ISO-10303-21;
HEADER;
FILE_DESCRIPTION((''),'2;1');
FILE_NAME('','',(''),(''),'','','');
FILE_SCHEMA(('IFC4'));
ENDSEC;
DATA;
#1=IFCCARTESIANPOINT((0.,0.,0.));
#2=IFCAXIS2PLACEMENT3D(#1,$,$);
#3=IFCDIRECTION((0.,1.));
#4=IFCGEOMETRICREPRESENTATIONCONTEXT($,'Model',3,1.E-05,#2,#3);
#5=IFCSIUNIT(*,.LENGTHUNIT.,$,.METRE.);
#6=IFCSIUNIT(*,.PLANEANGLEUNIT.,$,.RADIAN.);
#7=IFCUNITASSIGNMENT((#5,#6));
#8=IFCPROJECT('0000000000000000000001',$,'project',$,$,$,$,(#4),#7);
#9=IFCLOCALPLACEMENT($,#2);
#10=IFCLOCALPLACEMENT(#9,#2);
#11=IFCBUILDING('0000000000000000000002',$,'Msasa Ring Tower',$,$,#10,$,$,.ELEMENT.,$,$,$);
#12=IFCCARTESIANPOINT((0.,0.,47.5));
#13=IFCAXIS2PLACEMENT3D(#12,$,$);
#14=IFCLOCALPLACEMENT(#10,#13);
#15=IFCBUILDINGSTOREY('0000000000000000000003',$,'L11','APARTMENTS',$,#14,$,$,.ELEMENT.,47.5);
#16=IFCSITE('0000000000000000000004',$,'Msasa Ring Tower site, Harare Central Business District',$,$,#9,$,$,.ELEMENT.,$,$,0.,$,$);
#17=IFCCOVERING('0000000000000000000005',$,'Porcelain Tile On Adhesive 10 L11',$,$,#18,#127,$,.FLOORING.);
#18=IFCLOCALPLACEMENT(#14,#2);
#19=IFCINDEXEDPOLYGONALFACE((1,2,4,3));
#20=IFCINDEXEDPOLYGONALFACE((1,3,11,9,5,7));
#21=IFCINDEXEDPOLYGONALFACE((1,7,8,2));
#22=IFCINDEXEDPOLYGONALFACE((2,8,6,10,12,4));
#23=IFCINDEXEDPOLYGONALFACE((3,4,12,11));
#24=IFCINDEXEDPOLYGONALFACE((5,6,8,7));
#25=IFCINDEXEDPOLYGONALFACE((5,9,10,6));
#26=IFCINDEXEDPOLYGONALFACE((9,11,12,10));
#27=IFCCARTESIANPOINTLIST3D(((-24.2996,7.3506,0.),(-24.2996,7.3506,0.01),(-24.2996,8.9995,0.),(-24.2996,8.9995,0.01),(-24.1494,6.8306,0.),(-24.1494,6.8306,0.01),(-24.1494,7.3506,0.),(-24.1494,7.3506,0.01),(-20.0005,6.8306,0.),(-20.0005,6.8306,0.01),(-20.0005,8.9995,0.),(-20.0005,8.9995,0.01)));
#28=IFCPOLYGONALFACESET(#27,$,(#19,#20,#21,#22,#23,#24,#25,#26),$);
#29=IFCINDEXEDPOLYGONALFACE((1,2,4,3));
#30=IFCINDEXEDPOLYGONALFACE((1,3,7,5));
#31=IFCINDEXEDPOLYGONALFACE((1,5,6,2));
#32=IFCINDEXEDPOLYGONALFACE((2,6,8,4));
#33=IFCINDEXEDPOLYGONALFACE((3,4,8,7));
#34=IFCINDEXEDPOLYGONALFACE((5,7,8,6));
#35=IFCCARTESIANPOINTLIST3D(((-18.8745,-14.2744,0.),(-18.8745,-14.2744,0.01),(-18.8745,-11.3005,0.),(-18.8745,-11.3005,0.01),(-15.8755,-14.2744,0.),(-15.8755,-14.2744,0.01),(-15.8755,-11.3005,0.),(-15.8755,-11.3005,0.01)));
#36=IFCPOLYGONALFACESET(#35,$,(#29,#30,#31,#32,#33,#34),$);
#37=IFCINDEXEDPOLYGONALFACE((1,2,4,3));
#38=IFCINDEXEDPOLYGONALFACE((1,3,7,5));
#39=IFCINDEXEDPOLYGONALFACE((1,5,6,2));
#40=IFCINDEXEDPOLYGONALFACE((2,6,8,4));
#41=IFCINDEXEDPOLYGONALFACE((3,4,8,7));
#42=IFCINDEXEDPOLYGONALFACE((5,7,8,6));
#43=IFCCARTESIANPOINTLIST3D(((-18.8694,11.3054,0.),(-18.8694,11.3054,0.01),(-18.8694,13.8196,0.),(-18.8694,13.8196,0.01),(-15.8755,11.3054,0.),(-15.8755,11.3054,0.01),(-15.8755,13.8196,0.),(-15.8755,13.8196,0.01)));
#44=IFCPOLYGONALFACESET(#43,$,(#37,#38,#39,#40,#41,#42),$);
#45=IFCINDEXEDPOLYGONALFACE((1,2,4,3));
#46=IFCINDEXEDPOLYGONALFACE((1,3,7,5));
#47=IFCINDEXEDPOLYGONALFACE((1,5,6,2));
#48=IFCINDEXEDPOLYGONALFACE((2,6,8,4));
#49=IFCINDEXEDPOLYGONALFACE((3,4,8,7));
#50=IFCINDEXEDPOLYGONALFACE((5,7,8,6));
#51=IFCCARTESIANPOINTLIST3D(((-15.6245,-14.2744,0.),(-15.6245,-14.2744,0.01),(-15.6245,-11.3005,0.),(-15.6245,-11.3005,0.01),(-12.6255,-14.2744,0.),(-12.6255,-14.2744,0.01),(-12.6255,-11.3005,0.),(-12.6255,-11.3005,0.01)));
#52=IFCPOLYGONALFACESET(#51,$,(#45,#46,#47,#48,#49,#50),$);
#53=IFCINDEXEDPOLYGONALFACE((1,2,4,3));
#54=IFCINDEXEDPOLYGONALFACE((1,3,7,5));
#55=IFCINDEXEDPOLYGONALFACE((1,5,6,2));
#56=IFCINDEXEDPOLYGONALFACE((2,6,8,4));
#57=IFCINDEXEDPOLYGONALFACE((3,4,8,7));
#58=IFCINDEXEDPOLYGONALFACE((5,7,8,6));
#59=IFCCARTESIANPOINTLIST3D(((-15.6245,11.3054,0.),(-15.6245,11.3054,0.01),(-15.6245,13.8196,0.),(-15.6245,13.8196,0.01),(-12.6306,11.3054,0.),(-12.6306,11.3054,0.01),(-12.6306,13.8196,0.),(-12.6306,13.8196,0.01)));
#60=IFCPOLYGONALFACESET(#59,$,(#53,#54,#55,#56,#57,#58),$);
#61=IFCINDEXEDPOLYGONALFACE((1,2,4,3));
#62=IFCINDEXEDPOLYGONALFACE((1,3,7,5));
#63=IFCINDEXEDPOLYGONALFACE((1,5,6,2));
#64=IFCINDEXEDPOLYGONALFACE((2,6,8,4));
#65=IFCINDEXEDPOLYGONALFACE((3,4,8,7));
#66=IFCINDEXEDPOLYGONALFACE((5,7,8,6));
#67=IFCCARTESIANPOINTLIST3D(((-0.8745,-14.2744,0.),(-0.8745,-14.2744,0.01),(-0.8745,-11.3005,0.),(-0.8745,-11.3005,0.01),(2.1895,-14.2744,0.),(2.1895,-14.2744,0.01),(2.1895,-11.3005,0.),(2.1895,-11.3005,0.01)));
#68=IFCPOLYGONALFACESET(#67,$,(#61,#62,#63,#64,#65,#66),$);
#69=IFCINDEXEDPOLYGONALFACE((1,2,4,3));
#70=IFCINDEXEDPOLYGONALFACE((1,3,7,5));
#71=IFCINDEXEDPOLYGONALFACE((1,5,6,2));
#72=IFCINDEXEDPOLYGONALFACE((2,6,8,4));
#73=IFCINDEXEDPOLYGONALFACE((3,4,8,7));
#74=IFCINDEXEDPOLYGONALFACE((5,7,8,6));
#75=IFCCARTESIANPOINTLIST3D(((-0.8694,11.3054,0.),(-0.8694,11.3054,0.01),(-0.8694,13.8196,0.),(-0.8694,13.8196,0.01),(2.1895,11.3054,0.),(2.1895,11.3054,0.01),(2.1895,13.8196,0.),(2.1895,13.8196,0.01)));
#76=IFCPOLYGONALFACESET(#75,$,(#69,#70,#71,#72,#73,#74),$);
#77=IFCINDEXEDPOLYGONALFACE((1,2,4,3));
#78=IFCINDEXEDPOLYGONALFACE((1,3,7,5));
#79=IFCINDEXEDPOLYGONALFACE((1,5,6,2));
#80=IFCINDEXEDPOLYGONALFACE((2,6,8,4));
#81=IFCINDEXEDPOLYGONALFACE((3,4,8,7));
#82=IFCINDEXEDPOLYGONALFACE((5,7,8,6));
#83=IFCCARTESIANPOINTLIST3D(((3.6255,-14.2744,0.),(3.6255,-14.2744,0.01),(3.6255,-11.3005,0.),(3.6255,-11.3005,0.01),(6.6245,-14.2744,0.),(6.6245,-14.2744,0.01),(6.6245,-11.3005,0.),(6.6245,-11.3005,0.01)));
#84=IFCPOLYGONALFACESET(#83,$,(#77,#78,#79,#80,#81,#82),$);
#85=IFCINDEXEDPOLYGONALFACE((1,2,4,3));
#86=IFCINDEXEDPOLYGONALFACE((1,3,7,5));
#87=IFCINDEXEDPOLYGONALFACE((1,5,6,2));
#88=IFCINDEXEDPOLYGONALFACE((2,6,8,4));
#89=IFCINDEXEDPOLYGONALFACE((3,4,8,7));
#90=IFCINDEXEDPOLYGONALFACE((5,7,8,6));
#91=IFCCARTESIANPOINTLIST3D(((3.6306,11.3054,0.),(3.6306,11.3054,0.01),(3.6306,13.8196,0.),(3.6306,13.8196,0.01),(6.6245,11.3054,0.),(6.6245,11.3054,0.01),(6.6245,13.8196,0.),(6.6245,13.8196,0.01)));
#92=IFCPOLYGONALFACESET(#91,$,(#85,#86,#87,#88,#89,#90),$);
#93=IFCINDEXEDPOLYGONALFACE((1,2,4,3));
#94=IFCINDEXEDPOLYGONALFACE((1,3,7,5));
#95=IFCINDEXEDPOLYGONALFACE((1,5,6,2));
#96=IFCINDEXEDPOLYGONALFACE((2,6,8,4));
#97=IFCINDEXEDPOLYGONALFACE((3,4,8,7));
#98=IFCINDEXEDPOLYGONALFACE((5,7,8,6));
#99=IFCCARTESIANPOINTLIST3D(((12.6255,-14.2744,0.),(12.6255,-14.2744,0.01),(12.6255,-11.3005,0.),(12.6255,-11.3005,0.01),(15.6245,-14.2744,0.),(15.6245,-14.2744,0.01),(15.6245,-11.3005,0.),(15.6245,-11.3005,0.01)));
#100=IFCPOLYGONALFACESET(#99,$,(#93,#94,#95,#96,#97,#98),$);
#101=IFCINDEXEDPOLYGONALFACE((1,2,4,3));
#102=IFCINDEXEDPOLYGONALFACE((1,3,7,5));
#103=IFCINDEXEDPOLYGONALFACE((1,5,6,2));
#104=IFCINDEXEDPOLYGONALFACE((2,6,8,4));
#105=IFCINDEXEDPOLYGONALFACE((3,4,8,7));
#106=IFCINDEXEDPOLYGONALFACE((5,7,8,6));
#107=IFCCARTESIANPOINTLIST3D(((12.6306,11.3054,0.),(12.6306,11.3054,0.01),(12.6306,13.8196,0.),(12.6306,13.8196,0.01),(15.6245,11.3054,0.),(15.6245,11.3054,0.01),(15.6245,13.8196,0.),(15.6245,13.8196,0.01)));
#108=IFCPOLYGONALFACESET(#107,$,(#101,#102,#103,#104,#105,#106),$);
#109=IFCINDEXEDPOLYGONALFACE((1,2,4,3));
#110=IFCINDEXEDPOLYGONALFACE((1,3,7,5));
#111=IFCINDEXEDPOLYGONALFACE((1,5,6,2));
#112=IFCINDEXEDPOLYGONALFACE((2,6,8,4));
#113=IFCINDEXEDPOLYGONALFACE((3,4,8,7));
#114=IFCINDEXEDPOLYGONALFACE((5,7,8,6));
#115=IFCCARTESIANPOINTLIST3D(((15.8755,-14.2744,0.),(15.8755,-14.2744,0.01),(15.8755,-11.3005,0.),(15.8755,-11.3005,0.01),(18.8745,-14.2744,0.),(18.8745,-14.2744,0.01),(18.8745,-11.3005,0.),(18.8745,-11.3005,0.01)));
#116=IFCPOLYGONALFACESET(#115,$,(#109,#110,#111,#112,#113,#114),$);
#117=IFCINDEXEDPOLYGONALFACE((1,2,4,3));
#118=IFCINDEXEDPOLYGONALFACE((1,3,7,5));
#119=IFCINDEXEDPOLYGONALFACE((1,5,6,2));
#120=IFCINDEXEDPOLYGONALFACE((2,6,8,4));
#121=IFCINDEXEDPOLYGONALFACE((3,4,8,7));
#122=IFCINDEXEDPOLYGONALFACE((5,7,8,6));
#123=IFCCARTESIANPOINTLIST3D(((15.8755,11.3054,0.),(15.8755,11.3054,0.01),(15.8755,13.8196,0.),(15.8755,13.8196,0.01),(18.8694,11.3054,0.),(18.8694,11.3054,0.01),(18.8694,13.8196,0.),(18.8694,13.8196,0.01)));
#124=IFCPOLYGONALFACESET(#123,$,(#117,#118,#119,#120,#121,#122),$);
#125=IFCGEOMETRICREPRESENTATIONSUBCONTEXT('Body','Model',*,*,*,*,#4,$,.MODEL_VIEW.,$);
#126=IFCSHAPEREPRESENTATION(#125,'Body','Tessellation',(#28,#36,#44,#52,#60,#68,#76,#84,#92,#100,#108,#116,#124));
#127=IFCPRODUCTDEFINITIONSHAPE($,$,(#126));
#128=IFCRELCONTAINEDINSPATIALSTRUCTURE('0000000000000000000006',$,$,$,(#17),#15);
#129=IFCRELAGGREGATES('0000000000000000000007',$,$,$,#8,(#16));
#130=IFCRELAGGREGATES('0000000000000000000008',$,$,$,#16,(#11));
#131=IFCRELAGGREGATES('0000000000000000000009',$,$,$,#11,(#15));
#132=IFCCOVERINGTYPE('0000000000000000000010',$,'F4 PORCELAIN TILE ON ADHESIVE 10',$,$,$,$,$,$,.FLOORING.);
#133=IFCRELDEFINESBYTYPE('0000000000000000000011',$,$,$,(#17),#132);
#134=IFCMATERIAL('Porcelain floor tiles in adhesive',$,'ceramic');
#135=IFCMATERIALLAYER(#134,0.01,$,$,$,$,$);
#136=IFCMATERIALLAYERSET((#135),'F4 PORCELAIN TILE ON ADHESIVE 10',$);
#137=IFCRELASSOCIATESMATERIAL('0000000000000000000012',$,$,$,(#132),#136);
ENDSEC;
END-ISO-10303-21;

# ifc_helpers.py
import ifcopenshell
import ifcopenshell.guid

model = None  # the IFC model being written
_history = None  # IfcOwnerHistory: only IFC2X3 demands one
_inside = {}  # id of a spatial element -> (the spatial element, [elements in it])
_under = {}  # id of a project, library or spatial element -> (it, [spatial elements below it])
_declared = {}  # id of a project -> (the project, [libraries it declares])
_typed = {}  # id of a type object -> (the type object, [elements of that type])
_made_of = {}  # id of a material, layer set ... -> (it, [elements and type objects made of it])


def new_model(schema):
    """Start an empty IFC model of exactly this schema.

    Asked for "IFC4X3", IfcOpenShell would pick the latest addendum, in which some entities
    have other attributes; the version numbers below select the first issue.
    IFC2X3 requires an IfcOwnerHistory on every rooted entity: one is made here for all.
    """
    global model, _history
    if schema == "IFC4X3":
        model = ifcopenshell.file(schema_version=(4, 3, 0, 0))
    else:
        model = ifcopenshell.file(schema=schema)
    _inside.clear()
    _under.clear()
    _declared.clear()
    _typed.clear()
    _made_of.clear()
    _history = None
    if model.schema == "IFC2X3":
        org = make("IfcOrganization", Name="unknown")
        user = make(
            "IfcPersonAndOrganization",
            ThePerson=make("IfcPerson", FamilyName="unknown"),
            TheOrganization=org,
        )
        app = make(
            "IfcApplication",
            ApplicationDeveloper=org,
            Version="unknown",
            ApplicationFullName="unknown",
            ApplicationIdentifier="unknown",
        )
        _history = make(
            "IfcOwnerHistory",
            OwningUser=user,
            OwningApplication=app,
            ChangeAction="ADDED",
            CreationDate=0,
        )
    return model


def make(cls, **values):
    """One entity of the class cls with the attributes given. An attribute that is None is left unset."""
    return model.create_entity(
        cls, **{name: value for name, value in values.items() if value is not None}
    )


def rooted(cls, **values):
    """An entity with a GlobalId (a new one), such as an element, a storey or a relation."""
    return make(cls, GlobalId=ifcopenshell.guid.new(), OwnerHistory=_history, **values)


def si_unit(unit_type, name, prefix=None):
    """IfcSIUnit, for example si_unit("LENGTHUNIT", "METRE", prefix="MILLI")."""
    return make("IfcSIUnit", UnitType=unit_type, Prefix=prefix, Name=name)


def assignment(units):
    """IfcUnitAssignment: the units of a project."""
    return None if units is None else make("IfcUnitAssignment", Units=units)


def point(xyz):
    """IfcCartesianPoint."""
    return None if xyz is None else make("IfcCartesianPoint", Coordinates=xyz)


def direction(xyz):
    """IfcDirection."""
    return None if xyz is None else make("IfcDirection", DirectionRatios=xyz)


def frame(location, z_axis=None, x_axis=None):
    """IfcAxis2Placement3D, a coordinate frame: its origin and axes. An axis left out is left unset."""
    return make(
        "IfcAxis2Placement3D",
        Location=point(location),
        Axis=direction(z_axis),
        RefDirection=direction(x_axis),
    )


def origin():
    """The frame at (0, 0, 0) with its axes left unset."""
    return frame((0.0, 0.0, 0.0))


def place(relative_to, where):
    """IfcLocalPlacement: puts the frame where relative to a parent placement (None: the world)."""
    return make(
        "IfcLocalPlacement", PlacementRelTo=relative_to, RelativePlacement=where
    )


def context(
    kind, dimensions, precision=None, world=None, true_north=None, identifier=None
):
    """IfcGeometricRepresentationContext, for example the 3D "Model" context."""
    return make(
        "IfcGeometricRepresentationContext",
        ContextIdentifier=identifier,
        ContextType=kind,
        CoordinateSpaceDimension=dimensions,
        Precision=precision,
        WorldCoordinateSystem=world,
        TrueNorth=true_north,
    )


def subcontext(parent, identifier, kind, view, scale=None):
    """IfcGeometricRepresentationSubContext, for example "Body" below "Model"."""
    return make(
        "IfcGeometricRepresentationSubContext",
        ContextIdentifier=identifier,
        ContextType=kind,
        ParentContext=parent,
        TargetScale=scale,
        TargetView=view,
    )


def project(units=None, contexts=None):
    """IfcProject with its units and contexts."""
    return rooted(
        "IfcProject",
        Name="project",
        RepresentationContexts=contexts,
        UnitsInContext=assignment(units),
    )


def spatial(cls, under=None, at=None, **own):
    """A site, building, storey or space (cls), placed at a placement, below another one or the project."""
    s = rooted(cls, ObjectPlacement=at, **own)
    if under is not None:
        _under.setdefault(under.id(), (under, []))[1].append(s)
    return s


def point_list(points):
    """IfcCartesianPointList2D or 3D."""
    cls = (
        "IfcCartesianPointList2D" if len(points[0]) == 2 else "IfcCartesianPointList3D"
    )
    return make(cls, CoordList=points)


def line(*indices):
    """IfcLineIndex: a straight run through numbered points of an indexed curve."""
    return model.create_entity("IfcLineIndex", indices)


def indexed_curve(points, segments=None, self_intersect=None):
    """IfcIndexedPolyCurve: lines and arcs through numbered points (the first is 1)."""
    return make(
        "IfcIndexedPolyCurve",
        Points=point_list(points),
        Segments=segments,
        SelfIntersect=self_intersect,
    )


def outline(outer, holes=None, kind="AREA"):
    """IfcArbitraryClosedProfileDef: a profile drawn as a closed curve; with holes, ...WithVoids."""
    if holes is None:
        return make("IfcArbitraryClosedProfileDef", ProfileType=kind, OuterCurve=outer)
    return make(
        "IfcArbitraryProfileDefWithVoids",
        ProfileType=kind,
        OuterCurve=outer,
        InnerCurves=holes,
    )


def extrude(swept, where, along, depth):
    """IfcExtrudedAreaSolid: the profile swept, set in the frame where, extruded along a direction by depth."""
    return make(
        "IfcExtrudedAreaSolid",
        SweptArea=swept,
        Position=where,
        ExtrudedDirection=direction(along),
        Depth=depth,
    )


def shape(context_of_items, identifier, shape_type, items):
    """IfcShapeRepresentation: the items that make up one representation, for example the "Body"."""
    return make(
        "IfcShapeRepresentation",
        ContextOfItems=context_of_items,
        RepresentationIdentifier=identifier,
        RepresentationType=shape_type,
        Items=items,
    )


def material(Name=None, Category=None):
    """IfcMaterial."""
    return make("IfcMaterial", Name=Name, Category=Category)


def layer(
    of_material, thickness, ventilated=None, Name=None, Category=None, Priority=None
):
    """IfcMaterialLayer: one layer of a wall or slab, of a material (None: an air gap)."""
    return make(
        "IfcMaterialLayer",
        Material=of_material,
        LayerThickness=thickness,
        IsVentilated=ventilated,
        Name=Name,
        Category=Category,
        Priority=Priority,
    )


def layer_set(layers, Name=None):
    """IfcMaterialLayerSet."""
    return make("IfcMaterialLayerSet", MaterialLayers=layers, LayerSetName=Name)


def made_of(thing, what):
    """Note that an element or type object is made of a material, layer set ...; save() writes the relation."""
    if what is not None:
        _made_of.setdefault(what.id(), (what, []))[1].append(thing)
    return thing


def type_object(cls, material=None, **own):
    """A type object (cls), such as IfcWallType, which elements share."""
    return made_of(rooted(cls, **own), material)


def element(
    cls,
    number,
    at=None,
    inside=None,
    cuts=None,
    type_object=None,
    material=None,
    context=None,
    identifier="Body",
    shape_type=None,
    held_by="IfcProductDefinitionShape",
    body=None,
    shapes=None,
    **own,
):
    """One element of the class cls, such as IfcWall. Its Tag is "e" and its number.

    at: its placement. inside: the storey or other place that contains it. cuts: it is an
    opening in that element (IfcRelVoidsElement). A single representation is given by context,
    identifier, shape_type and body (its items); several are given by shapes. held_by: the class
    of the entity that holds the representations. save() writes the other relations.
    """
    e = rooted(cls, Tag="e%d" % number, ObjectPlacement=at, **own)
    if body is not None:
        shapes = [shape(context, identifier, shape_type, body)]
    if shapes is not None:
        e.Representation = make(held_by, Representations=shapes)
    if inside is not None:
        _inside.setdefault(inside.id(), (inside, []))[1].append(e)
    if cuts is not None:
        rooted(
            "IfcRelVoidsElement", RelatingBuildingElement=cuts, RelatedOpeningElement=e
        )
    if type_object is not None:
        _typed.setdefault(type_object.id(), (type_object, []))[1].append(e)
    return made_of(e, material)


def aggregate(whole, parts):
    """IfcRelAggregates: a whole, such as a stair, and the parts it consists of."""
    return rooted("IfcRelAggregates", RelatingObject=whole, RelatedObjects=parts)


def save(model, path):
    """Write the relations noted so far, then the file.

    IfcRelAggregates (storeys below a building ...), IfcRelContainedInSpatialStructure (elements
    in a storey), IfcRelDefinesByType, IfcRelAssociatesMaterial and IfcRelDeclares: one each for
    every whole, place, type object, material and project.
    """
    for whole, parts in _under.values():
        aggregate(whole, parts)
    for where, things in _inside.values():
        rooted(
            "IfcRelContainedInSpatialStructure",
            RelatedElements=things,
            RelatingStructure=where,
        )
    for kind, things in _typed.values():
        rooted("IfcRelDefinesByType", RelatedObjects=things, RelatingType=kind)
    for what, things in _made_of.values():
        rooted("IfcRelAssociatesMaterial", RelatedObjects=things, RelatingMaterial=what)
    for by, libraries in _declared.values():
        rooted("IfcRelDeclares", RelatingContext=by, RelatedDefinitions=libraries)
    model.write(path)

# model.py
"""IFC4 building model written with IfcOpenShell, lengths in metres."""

from ifc_helpers import new_model, si_unit, direction, frame, origin, place, context, subcontext, project, spatial, line, indexed_curve, outline, extrude, material, layer, layer_set, type_object, element, save


model = new_model("IFC4")

# Units and contexts
model_context = context("Model", 3, precision=1e-05, world=origin(), true_north=direction((0.0, 1.0)))
body_context = subcontext(model_context, "Body", "Model", "MODEL_VIEW")
ifc_project = project(units=[si_unit("LENGTHUNIT", "METRE"), si_unit("PLANEANGLEUNIT", "RADIAN")], contexts=[model_context])

# Site, building, storey
site_placement = place(None, origin())
site = spatial("IfcSite", under=ifc_project, at=site_placement, Name="Msasa Ring Tower site, Harare Central Business District", CompositionType="ELEMENT", RefElevation=0.0)
building_placement = place(site_placement, origin())
building = spatial("IfcBuilding", under=site, at=building_placement, Name="Msasa Ring Tower", CompositionType="ELEMENT")
storey_placement = place(building_placement, frame((0.0, 0.0, 47.5)))
storey = spatial("IfcBuildingStorey", under=building, at=storey_placement, Name="L11", Description="APARTMENTS", CompositionType="ELEMENT", Elevation=47.5)

# Covering
ifc_material_1 = material(Name="Porcelain floor tiles in adhesive", Category="ceramic")
ifc_layer_1 = layer(ifc_material_1, 0.01)
ifc_layer_set_1 = layer_set([ifc_layer_1], Name="F4 PORCELAIN TILE ON ADHESIVE 10")
covering_type_1 = type_object("IfcCoveringType", Name="F4 PORCELAIN TILE ON ADHESIVE 10", PredefinedType="FLOORING", material=ifc_layer_set_1)
covering_1_placement = place(storey_placement, origin())
element("IfcCovering", 1, at=covering_1_placement, inside=storey, type_object=covering_type_1, Name="Porcelain Tile On Adhesive 10 L11", PredefinedType="FLOORING", context=body_context, shape_type="SweptSolid", body=[
    extrude(outline(indexed_curve([(-20.0005, 6.8306), (-24.1494, 6.8306), (-24.1494, 7.3506), (-24.2996, 7.3506), (-24.2996, 8.9995), (-20.0005, 8.9995)], segments=[line(1, 2, 3, 4, 5, 6, 1)], self_intersect=False)), origin(), (0.0, 0.0, 1.0), 0.01),
    extrude(outline(indexed_curve([(-15.8755, -11.3005), (-15.8755, -14.2744), (-18.8745, -14.2744), (-18.8745, -11.3005)], segments=[line(1, 2, 3, 4, 1)], self_intersect=False)), origin(), (0.0, 0.0, 1.0), 0.01),
    extrude(outline(indexed_curve([(-15.8755, 13.8196), (-15.8755, 11.3054), (-18.8694, 11.3054), (-18.8694, 13.8196)], segments=[line(1, 2, 3, 4, 1)], self_intersect=False)), origin(), (0.0, 0.0, 1.0), 0.01),
    extrude(outline(indexed_curve([(-12.6255, -11.3005), (-12.6255, -14.2744), (-15.6245, -14.2744), (-15.6245, -11.3005)], segments=[line(1, 2, 3, 4, 1)], self_intersect=False)), origin(), (0.0, 0.0, 1.0), 0.01),
    extrude(outline(indexed_curve([(-12.6306, 13.8196), (-12.6306, 11.3054), (-15.6245, 11.3054), (-15.6245, 13.8196)], segments=[line(1, 2, 3, 4, 1)], self_intersect=False)), origin(), (0.0, 0.0, 1.0), 0.01),
    extrude(outline(indexed_curve([(2.1895, -11.3005), (2.1895, -14.2744), (-0.8745, -14.2744), (-0.8745, -11.3005)], segments=[line(1, 2, 3, 4, 1)], self_intersect=False)), origin(), (0.0, 0.0, 1.0), 0.01),
    extrude(outline(indexed_curve([(-0.8694, 13.8196), (2.1895, 13.8196), (2.1895, 11.3054), (-0.8694, 11.3054)], segments=[line(1, 2, 3, 4, 1)], self_intersect=False)), origin(), (0.0, 0.0, 1.0), 0.01),
    extrude(outline(indexed_curve([(6.6245, -11.3005), (6.6245, -14.2744), (3.6255, -14.2744), (3.6255, -11.3005)], segments=[line(1, 2, 3, 4, 1)], self_intersect=False)), origin(), (0.0, 0.0, 1.0), 0.01),
    extrude(outline(indexed_curve([(6.6245, 13.8196), (6.6245, 11.3054), (3.6306, 11.3054), (3.6306, 13.8196)], segments=[line(1, 2, 3, 4, 1)], self_intersect=False)), origin(), (0.0, 0.0, 1.0), 0.01),
    extrude(outline(indexed_curve([(15.6245, -11.3005), (15.6245, -14.2744), (12.6255, -14.2744), (12.6255, -11.3005)], segments=[line(1, 2, 3, 4, 1)], self_intersect=False)), origin(), (0.0, 0.0, 1.0), 0.01),
    extrude(outline(indexed_curve([(15.6245, 13.8196), (15.6245, 11.3054), (12.6306, 11.3054), (12.6306, 13.8196)], segments=[line(1, 2, 3, 4, 1)], self_intersect=False)), origin(), (0.0, 0.0, 1.0), 0.01),
    extrude(outline(indexed_curve([(18.8745, -11.3005), (18.8745, -14.2744), (15.8755, -14.2744), (15.8755, -11.3005)], segments=[line(1, 2, 3, 4, 1)], self_intersect=False)), origin(), (0.0, 0.0, 1.0), 0.01),
    extrude(outline(indexed_curve([(18.8694, 13.8196), (18.8694, 11.3054), (15.8755, 11.3054), (15.8755, 13.8196)], segments=[line(1, 2, 3, 4, 1)], self_intersect=False)), origin(), (0.0, 0.0, 1.0), 0.01),
])

save(model, "model.ifc")
